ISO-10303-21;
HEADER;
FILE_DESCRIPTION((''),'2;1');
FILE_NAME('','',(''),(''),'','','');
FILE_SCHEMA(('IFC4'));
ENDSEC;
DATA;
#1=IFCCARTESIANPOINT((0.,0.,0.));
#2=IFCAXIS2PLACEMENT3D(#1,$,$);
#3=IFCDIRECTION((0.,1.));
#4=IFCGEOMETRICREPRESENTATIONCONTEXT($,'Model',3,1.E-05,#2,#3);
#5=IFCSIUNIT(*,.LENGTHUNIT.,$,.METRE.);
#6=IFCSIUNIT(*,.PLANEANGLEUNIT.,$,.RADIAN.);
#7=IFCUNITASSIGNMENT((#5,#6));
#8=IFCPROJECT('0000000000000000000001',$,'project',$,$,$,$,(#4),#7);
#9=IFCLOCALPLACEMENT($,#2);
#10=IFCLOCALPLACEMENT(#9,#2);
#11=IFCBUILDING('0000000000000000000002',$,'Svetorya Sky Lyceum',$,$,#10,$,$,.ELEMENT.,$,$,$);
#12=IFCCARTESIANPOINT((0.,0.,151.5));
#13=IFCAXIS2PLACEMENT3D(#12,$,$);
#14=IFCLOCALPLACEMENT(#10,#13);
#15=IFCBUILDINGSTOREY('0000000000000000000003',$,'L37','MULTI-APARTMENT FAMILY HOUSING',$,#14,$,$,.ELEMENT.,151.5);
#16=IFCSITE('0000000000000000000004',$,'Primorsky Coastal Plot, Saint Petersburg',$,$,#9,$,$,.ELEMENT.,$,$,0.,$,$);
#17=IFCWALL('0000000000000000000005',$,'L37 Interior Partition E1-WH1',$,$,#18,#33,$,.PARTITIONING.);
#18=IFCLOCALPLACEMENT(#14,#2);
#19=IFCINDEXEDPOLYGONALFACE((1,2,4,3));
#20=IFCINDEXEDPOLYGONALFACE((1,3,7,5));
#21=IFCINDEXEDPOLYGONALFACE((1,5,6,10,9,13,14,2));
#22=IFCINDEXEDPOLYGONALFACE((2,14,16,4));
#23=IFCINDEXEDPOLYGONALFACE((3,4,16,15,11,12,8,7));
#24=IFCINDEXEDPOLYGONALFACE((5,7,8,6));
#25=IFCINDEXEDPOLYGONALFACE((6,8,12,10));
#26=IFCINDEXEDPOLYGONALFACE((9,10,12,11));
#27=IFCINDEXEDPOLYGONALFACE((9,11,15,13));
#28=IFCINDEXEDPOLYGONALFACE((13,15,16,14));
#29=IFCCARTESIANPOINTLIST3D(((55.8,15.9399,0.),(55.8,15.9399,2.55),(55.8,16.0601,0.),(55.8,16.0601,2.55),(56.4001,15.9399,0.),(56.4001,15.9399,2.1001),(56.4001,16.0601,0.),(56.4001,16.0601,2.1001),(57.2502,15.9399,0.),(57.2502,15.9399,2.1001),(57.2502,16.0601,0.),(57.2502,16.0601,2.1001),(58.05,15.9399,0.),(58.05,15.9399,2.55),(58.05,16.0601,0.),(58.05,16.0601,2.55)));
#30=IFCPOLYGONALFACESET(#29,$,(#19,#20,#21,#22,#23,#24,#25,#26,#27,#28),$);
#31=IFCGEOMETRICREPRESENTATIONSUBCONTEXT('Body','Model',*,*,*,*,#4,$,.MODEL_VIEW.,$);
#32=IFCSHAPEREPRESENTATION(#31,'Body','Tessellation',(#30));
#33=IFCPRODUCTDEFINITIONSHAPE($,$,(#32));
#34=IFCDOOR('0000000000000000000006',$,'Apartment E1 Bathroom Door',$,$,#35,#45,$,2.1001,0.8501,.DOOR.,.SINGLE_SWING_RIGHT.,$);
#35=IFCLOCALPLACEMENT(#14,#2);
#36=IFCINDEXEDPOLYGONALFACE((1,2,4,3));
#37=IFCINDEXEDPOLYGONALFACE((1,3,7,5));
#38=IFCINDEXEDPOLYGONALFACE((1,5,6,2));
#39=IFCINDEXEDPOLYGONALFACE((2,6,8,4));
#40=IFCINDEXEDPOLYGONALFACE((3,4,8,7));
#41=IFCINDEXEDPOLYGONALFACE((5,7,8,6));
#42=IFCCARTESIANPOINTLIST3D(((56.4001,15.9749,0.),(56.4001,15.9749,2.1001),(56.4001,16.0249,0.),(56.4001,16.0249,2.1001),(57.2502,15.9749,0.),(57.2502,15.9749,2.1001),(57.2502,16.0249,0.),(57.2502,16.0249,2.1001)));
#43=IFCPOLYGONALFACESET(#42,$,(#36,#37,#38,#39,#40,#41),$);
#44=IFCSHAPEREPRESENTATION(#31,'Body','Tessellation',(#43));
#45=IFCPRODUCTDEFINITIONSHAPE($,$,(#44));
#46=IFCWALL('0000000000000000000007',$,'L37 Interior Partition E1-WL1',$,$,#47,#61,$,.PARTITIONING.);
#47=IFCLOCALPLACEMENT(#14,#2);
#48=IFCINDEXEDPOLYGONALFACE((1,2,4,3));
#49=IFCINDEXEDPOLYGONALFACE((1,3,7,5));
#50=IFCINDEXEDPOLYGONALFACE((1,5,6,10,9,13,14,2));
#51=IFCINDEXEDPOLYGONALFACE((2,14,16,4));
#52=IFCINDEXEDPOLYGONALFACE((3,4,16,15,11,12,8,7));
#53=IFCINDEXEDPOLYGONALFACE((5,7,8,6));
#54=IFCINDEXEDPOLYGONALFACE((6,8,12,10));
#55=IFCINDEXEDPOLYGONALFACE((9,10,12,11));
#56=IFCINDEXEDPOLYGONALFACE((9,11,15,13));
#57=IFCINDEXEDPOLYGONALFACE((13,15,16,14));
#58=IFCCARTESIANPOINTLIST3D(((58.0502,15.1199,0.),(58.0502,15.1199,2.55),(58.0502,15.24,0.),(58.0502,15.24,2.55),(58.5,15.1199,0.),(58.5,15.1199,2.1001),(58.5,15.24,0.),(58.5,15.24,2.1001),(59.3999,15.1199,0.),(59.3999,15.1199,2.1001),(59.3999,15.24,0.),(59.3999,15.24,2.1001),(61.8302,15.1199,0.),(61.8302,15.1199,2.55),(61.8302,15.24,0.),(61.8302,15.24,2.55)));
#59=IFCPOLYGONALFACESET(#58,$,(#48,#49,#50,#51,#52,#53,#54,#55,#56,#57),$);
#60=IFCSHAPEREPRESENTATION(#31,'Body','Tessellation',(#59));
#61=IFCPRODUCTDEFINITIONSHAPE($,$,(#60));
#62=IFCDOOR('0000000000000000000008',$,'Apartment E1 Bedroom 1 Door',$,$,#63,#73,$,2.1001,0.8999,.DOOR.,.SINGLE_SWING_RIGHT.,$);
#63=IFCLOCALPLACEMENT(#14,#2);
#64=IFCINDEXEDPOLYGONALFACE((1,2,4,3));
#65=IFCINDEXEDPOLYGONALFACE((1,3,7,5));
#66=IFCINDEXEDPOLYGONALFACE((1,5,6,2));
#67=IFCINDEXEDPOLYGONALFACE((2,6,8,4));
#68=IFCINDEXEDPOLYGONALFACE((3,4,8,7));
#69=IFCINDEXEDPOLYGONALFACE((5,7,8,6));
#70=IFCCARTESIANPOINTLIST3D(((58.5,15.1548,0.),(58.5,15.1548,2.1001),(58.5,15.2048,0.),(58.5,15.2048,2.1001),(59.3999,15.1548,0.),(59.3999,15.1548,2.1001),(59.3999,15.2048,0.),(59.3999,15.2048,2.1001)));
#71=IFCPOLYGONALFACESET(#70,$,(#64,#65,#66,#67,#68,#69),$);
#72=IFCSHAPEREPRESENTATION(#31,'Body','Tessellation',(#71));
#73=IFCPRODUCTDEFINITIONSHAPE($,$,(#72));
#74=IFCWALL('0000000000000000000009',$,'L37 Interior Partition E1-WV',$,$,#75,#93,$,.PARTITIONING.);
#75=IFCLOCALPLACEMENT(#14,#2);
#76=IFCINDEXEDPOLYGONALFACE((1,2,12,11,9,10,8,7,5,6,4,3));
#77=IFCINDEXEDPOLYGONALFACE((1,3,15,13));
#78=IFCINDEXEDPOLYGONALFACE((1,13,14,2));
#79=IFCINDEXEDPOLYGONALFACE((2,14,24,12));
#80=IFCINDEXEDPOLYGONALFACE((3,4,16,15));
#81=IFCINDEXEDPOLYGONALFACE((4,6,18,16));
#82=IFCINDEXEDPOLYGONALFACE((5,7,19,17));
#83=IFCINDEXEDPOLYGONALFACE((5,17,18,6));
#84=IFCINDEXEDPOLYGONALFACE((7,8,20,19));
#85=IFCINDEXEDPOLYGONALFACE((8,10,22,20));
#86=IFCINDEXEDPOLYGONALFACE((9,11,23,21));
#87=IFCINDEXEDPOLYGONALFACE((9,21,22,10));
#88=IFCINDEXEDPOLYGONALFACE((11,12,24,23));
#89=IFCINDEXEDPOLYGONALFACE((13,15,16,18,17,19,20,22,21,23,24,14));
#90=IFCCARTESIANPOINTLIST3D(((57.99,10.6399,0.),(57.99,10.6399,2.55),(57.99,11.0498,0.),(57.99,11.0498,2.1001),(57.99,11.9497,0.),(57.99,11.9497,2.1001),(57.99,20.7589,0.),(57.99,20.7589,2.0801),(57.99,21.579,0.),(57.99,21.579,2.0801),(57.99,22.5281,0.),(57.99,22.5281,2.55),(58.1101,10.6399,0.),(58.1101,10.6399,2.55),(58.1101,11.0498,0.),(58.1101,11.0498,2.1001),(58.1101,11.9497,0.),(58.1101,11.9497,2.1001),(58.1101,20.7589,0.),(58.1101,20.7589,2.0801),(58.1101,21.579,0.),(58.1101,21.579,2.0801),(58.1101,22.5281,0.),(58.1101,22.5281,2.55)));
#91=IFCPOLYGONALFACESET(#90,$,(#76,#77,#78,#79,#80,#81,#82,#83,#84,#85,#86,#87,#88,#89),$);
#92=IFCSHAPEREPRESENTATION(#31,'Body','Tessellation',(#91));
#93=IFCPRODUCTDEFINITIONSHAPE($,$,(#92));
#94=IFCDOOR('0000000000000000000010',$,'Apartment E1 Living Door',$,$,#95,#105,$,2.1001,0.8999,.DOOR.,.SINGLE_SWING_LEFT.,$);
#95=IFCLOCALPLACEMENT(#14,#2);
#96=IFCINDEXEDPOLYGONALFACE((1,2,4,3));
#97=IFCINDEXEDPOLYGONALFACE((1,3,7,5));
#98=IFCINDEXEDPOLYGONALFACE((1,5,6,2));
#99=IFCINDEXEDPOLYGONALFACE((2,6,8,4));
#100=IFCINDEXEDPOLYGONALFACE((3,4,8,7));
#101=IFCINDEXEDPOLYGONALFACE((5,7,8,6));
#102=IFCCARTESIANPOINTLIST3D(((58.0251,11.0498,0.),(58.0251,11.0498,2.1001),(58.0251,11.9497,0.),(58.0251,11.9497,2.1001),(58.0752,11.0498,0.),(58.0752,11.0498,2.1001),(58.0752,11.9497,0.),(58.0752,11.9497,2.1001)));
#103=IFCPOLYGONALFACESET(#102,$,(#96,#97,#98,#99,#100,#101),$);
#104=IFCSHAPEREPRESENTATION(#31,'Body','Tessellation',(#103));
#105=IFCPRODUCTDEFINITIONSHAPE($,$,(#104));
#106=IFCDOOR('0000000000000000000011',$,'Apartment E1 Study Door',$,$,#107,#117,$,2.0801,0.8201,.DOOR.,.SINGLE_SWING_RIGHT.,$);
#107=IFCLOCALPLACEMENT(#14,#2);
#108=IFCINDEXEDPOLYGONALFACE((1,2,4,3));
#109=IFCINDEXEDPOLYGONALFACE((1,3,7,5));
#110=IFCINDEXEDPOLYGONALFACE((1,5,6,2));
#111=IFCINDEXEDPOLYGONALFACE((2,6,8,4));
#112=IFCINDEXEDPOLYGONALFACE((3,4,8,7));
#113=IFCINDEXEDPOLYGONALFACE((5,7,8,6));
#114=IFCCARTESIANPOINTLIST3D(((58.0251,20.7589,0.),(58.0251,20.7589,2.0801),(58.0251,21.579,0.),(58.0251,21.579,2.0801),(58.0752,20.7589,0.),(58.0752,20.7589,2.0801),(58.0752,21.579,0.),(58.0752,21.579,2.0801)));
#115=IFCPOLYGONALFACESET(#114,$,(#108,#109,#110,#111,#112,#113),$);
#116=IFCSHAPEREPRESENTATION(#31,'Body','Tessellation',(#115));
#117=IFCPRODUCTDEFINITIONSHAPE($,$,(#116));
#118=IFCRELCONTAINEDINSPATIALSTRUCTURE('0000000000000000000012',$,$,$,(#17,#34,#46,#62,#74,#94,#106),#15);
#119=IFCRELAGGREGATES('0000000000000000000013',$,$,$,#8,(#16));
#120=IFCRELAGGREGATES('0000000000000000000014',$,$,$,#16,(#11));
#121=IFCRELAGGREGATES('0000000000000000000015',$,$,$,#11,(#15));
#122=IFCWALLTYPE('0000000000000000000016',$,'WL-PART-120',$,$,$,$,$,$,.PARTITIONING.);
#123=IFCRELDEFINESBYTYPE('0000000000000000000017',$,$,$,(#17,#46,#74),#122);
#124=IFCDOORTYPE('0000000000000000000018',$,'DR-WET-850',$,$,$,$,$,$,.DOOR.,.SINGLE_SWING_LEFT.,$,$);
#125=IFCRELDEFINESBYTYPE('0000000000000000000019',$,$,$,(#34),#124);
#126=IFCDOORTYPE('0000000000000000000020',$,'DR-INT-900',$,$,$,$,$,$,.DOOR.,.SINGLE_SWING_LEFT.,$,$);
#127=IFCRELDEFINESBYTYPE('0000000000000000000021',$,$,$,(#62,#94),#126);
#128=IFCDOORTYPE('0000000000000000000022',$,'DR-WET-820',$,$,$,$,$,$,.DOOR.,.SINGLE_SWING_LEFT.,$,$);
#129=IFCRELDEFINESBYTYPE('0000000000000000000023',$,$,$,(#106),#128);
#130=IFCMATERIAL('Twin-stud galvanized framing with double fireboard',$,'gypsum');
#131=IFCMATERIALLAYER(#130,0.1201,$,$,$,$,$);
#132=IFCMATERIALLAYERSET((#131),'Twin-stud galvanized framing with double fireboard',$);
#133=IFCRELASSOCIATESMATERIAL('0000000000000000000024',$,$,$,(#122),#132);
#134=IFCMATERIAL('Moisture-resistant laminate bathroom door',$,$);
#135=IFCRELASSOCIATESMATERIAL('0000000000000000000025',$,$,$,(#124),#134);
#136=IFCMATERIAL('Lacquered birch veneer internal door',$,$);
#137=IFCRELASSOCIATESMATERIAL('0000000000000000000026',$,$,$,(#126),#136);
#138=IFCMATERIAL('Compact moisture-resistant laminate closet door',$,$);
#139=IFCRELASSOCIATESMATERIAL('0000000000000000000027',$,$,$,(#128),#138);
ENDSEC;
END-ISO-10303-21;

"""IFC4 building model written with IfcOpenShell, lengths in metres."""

from ifc_helpers import new_model, si_unit, direction, frame, frame_2d, origin, place, context, subcontext, project, spatial, rectangle, extrude, material, layer, layer_set, type_object, element, fill, save


model = new_model("IFC4")

# Units and contexts
model_context = context("Model", 3, precision=1e-05, world=origin(), true_north=direction((0.0, 1.0)))
body_context = subcontext(model_context, "Body", "Model", "MODEL_VIEW")
ifc_project = project(units=[si_unit("LENGTHUNIT", "METRE"), si_unit("PLANEANGLEUNIT", "RADIAN")], contexts=[model_context])

# Site, building, storey
site_placement = place(None, origin())
site = spatial("IfcSite", under=ifc_project, at=site_placement, Name="Primorsky Coastal Plot, Saint Petersburg", CompositionType="ELEMENT", RefElevation=0.0)
building_placement = place(site_placement, origin())
building = spatial("IfcBuilding", under=site, at=building_placement, Name="Svetorya Sky Lyceum", CompositionType="ELEMENT")
storey_placement = place(building_placement, frame((0.0, 0.0, 151.5)))
storey = spatial("IfcBuildingStorey", under=building, at=storey_placement, Name="L37", Description="MULTI-APARTMENT FAMILY HOUSING", CompositionType="ELEMENT", Elevation=151.5)

# Walls, openings, doors
ifc_material_1 = material(Name="Twin-stud galvanized framing with double fireboard", Category="gypsum")
ifc_layer_1 = layer(ifc_material_1, 0.1201)
ifc_layer_set_1 = layer_set([ifc_layer_1], Name="Twin-stud galvanized framing with double fireboard")
wall_type_1 = type_object("IfcWallType", Name="WL-PART-120", PredefinedType="PARTITIONING", material=ifc_layer_set_1)
wall_1_placement = place(storey_placement, frame((55.8, 16.0, 0.0), z_axis=(0.0, 0.0, 1.0), x_axis=(1.0, 0.0, 0.0)))
wall_1 = element("IfcWall", 1, at=wall_1_placement, inside=storey, type_object=wall_type_1, Name="L37 Interior Partition E1-WH1", PredefinedType="PARTITIONING", context=body_context, shape_type="SweptSolid", body=[
    extrude(rectangle(XDim=2.25, YDim=0.1201, at=frame_2d((1.125, 0.0))), origin(), (0.0, 0.0, 1.0), 2.55),
])
opening_1_placement = place(wall_1_placement, frame((0.6001, 0.0, 0.0)))
opening_1 = element("IfcOpeningElement", 2, at=opening_1_placement, cuts=wall_1, PredefinedType="OPENING", context=body_context, shape_type="SweptSolid", body=[
    extrude(rectangle(XDim=0.8501, YDim=2.1001, at=frame_2d((0.425, 1.05))), frame((0.0, 0.0701, 0.0), z_axis=(0.0, -1.0, 0.0), x_axis=(1.0, 0.0, 0.0)), (0.0, 0.0, 1.0), 0.1401),
])
ifc_material_2 = material(Name="Moisture-resistant laminate bathroom door")
door_type_1 = type_object("IfcDoorType", Name="DR-WET-850", OperationType="SINGLE_SWING_LEFT", PredefinedType="DOOR", material=ifc_material_2)
door_1_placement = place(opening_1_placement, origin())
door_1 = element("IfcDoor", 3, at=door_1_placement, inside=storey, type_object=door_type_1, Name="Apartment E1 Bathroom Door", OperationType="SINGLE_SWING_RIGHT", OverallHeight=2.1001, OverallWidth=0.8501, PredefinedType="DOOR", context=body_context, shape_type="SweptSolid", body=[
    extrude(rectangle(XDim=0.8501, YDim=2.1001, at=frame_2d((0.425, 1.05))), frame((0.0, 0.0249, 0.0), z_axis=(0.0, -1.0, 0.0), x_axis=(1.0, 0.0, 0.0)), (0.0, 0.0, 1.0), 0.05),
])
fill(opening_1, door_1)
wall_2_placement = place(storey_placement, frame((58.05, 15.1799, 0.0), z_axis=(0.0, 0.0, 1.0), x_axis=(1.0, 0.0, 0.0)))
wall_2 = element("IfcWall", 4, at=wall_2_placement, inside=storey, type_object=wall_type_1, Name="L37 Interior Partition E1-WL1", PredefinedType="PARTITIONING", context=body_context, shape_type="SweptSolid", body=[
    extrude(rectangle(XDim=3.78, YDim=0.1201, at=frame_2d((1.8901, 0.0))), origin(), (0.0, 0.0, 1.0), 2.55),
])
opening_2_placement = place(wall_2_placement, frame((0.45, 0.0, 0.0)))
opening_2 = element("IfcOpeningElement", 5, at=opening_2_placement, cuts=wall_2, PredefinedType="OPENING", context=body_context, shape_type="SweptSolid", body=[
    extrude(rectangle(XDim=0.8999, YDim=2.1001, at=frame_2d((0.45, 1.05))), frame((0.0, 0.0701, 0.0), z_axis=(0.0, -1.0, 0.0), x_axis=(1.0, 0.0, 0.0)), (0.0, 0.0, 1.0), 0.1401),
])
ifc_material_3 = material(Name="Lacquered birch veneer internal door")
door_type_2 = type_object("IfcDoorType", Name="DR-INT-900", OperationType="SINGLE_SWING_LEFT", PredefinedType="DOOR", material=ifc_material_3)
door_2_placement = place(opening_2_placement, origin())
door_2 = element("IfcDoor", 6, at=door_2_placement, inside=storey, type_object=door_type_2, Name="Apartment E1 Bedroom 1 Door", OperationType="SINGLE_SWING_RIGHT", OverallHeight=2.1001, OverallWidth=0.8999, PredefinedType="DOOR", context=body_context, shape_type="SweptSolid", body=[
    extrude(rectangle(XDim=0.8999, YDim=2.1001, at=frame_2d((0.45, 1.05))), frame((0.0, 0.0249, 0.0), z_axis=(0.0, -1.0, 0.0), x_axis=(1.0, 0.0, 0.0)), (0.0, 0.0, 1.0), 0.05),
])
fill(opening_2, door_2)

# Wall, openings, doors
wall_3_placement = place(storey_placement, frame((58.05, 10.6399, 0.0), z_axis=(0.0, 0.0, 1.0), x_axis=(0.0, 1.0, 0.0)))
wall_3 = element("IfcWall", 7, at=wall_3_placement, inside=storey, type_object=wall_type_1, Name="L37 Interior Partition E1-WV", PredefinedType="PARTITIONING", context=body_context, shape_type="SweptSolid", body=[
    extrude(rectangle(XDim=11.8882, YDim=0.1201, at=frame_2d((5.9441, 0.0))), origin(), (0.0, 0.0, 1.0), 2.55),
])
opening_3_placement = place(wall_3_placement, frame((0.4099, 0.0, 0.0)))
opening_3 = element("IfcOpeningElement", 8, at=opening_3_placement, cuts=wall_3, PredefinedType="OPENING", context=body_context, shape_type="SweptSolid", body=[
    extrude(rectangle(XDim=0.8999, YDim=2.1001, at=frame_2d((0.45, 1.05))), frame((0.0, 0.0701, 0.0), z_axis=(0.0, -1.0, 0.0), x_axis=(1.0, 0.0, 0.0)), (0.0, 0.0, 1.0), 0.1401),
])
opening_4_placement = place(wall_3_placement, frame((10.1189, 0.0, 0.0)))
opening_4 = element("IfcOpeningElement", 9, at=opening_4_placement, cuts=wall_3, PredefinedType="OPENING", context=body_context, shape_type="SweptSolid", body=[
    extrude(rectangle(XDim=0.8201, YDim=2.0801, at=frame_2d((0.4102, 1.04))), frame((0.0, 0.0701, 0.0), z_axis=(0.0, -1.0, 0.0), x_axis=(1.0, 0.0, 0.0)), (0.0, 0.0, 1.0), 0.1401),
])
door_3_placement = place(opening_3_placement, origin())
door_3 = element("IfcDoor", 10, at=door_3_placement, inside=storey, type_object=door_type_2, Name="Apartment E1 Living Door", OperationType="SINGLE_SWING_LEFT", OverallHeight=2.1001, OverallWidth=0.8999, PredefinedType="DOOR", context=body_context, shape_type="SweptSolid", body=[
    extrude(rectangle(XDim=0.8999, YDim=2.1001, at=frame_2d((0.45, 1.05))), frame((0.0, 0.0249, 0.0), z_axis=(0.0, -1.0, 0.0), x_axis=(1.0, 0.0, 0.0)), (0.0, 0.0, 1.0), 0.05),
])
fill(opening_3, door_3)
ifc_material_4 = material(Name="Compact moisture-resistant laminate closet door")
door_type_3 = type_object("IfcDoorType", Name="DR-WET-820", OperationType="SINGLE_SWING_LEFT", PredefinedType="DOOR", material=ifc_material_4)
door_4_placement = place(opening_4_placement, origin())
door_4 = element("IfcDoor", 11, at=door_4_placement, inside=storey, type_object=door_type_3, Name="Apartment E1 Study Door", OperationType="SINGLE_SWING_RIGHT", OverallHeight=2.0801, OverallWidth=0.8201, PredefinedType="DOOR", context=body_context, shape_type="SweptSolid", body=[
    extrude(rectangle(XDim=0.8201, YDim=2.0801, at=frame_2d((0.4102, 1.04))), frame((0.0, 0.0249, 0.0), z_axis=(0.0, -1.0, 0.0), x_axis=(1.0, 0.0, 0.0)), (0.0, 0.0, 1.0), 0.05),
])
fill(opening_4, door_4)

save(model, "model.ifc")
